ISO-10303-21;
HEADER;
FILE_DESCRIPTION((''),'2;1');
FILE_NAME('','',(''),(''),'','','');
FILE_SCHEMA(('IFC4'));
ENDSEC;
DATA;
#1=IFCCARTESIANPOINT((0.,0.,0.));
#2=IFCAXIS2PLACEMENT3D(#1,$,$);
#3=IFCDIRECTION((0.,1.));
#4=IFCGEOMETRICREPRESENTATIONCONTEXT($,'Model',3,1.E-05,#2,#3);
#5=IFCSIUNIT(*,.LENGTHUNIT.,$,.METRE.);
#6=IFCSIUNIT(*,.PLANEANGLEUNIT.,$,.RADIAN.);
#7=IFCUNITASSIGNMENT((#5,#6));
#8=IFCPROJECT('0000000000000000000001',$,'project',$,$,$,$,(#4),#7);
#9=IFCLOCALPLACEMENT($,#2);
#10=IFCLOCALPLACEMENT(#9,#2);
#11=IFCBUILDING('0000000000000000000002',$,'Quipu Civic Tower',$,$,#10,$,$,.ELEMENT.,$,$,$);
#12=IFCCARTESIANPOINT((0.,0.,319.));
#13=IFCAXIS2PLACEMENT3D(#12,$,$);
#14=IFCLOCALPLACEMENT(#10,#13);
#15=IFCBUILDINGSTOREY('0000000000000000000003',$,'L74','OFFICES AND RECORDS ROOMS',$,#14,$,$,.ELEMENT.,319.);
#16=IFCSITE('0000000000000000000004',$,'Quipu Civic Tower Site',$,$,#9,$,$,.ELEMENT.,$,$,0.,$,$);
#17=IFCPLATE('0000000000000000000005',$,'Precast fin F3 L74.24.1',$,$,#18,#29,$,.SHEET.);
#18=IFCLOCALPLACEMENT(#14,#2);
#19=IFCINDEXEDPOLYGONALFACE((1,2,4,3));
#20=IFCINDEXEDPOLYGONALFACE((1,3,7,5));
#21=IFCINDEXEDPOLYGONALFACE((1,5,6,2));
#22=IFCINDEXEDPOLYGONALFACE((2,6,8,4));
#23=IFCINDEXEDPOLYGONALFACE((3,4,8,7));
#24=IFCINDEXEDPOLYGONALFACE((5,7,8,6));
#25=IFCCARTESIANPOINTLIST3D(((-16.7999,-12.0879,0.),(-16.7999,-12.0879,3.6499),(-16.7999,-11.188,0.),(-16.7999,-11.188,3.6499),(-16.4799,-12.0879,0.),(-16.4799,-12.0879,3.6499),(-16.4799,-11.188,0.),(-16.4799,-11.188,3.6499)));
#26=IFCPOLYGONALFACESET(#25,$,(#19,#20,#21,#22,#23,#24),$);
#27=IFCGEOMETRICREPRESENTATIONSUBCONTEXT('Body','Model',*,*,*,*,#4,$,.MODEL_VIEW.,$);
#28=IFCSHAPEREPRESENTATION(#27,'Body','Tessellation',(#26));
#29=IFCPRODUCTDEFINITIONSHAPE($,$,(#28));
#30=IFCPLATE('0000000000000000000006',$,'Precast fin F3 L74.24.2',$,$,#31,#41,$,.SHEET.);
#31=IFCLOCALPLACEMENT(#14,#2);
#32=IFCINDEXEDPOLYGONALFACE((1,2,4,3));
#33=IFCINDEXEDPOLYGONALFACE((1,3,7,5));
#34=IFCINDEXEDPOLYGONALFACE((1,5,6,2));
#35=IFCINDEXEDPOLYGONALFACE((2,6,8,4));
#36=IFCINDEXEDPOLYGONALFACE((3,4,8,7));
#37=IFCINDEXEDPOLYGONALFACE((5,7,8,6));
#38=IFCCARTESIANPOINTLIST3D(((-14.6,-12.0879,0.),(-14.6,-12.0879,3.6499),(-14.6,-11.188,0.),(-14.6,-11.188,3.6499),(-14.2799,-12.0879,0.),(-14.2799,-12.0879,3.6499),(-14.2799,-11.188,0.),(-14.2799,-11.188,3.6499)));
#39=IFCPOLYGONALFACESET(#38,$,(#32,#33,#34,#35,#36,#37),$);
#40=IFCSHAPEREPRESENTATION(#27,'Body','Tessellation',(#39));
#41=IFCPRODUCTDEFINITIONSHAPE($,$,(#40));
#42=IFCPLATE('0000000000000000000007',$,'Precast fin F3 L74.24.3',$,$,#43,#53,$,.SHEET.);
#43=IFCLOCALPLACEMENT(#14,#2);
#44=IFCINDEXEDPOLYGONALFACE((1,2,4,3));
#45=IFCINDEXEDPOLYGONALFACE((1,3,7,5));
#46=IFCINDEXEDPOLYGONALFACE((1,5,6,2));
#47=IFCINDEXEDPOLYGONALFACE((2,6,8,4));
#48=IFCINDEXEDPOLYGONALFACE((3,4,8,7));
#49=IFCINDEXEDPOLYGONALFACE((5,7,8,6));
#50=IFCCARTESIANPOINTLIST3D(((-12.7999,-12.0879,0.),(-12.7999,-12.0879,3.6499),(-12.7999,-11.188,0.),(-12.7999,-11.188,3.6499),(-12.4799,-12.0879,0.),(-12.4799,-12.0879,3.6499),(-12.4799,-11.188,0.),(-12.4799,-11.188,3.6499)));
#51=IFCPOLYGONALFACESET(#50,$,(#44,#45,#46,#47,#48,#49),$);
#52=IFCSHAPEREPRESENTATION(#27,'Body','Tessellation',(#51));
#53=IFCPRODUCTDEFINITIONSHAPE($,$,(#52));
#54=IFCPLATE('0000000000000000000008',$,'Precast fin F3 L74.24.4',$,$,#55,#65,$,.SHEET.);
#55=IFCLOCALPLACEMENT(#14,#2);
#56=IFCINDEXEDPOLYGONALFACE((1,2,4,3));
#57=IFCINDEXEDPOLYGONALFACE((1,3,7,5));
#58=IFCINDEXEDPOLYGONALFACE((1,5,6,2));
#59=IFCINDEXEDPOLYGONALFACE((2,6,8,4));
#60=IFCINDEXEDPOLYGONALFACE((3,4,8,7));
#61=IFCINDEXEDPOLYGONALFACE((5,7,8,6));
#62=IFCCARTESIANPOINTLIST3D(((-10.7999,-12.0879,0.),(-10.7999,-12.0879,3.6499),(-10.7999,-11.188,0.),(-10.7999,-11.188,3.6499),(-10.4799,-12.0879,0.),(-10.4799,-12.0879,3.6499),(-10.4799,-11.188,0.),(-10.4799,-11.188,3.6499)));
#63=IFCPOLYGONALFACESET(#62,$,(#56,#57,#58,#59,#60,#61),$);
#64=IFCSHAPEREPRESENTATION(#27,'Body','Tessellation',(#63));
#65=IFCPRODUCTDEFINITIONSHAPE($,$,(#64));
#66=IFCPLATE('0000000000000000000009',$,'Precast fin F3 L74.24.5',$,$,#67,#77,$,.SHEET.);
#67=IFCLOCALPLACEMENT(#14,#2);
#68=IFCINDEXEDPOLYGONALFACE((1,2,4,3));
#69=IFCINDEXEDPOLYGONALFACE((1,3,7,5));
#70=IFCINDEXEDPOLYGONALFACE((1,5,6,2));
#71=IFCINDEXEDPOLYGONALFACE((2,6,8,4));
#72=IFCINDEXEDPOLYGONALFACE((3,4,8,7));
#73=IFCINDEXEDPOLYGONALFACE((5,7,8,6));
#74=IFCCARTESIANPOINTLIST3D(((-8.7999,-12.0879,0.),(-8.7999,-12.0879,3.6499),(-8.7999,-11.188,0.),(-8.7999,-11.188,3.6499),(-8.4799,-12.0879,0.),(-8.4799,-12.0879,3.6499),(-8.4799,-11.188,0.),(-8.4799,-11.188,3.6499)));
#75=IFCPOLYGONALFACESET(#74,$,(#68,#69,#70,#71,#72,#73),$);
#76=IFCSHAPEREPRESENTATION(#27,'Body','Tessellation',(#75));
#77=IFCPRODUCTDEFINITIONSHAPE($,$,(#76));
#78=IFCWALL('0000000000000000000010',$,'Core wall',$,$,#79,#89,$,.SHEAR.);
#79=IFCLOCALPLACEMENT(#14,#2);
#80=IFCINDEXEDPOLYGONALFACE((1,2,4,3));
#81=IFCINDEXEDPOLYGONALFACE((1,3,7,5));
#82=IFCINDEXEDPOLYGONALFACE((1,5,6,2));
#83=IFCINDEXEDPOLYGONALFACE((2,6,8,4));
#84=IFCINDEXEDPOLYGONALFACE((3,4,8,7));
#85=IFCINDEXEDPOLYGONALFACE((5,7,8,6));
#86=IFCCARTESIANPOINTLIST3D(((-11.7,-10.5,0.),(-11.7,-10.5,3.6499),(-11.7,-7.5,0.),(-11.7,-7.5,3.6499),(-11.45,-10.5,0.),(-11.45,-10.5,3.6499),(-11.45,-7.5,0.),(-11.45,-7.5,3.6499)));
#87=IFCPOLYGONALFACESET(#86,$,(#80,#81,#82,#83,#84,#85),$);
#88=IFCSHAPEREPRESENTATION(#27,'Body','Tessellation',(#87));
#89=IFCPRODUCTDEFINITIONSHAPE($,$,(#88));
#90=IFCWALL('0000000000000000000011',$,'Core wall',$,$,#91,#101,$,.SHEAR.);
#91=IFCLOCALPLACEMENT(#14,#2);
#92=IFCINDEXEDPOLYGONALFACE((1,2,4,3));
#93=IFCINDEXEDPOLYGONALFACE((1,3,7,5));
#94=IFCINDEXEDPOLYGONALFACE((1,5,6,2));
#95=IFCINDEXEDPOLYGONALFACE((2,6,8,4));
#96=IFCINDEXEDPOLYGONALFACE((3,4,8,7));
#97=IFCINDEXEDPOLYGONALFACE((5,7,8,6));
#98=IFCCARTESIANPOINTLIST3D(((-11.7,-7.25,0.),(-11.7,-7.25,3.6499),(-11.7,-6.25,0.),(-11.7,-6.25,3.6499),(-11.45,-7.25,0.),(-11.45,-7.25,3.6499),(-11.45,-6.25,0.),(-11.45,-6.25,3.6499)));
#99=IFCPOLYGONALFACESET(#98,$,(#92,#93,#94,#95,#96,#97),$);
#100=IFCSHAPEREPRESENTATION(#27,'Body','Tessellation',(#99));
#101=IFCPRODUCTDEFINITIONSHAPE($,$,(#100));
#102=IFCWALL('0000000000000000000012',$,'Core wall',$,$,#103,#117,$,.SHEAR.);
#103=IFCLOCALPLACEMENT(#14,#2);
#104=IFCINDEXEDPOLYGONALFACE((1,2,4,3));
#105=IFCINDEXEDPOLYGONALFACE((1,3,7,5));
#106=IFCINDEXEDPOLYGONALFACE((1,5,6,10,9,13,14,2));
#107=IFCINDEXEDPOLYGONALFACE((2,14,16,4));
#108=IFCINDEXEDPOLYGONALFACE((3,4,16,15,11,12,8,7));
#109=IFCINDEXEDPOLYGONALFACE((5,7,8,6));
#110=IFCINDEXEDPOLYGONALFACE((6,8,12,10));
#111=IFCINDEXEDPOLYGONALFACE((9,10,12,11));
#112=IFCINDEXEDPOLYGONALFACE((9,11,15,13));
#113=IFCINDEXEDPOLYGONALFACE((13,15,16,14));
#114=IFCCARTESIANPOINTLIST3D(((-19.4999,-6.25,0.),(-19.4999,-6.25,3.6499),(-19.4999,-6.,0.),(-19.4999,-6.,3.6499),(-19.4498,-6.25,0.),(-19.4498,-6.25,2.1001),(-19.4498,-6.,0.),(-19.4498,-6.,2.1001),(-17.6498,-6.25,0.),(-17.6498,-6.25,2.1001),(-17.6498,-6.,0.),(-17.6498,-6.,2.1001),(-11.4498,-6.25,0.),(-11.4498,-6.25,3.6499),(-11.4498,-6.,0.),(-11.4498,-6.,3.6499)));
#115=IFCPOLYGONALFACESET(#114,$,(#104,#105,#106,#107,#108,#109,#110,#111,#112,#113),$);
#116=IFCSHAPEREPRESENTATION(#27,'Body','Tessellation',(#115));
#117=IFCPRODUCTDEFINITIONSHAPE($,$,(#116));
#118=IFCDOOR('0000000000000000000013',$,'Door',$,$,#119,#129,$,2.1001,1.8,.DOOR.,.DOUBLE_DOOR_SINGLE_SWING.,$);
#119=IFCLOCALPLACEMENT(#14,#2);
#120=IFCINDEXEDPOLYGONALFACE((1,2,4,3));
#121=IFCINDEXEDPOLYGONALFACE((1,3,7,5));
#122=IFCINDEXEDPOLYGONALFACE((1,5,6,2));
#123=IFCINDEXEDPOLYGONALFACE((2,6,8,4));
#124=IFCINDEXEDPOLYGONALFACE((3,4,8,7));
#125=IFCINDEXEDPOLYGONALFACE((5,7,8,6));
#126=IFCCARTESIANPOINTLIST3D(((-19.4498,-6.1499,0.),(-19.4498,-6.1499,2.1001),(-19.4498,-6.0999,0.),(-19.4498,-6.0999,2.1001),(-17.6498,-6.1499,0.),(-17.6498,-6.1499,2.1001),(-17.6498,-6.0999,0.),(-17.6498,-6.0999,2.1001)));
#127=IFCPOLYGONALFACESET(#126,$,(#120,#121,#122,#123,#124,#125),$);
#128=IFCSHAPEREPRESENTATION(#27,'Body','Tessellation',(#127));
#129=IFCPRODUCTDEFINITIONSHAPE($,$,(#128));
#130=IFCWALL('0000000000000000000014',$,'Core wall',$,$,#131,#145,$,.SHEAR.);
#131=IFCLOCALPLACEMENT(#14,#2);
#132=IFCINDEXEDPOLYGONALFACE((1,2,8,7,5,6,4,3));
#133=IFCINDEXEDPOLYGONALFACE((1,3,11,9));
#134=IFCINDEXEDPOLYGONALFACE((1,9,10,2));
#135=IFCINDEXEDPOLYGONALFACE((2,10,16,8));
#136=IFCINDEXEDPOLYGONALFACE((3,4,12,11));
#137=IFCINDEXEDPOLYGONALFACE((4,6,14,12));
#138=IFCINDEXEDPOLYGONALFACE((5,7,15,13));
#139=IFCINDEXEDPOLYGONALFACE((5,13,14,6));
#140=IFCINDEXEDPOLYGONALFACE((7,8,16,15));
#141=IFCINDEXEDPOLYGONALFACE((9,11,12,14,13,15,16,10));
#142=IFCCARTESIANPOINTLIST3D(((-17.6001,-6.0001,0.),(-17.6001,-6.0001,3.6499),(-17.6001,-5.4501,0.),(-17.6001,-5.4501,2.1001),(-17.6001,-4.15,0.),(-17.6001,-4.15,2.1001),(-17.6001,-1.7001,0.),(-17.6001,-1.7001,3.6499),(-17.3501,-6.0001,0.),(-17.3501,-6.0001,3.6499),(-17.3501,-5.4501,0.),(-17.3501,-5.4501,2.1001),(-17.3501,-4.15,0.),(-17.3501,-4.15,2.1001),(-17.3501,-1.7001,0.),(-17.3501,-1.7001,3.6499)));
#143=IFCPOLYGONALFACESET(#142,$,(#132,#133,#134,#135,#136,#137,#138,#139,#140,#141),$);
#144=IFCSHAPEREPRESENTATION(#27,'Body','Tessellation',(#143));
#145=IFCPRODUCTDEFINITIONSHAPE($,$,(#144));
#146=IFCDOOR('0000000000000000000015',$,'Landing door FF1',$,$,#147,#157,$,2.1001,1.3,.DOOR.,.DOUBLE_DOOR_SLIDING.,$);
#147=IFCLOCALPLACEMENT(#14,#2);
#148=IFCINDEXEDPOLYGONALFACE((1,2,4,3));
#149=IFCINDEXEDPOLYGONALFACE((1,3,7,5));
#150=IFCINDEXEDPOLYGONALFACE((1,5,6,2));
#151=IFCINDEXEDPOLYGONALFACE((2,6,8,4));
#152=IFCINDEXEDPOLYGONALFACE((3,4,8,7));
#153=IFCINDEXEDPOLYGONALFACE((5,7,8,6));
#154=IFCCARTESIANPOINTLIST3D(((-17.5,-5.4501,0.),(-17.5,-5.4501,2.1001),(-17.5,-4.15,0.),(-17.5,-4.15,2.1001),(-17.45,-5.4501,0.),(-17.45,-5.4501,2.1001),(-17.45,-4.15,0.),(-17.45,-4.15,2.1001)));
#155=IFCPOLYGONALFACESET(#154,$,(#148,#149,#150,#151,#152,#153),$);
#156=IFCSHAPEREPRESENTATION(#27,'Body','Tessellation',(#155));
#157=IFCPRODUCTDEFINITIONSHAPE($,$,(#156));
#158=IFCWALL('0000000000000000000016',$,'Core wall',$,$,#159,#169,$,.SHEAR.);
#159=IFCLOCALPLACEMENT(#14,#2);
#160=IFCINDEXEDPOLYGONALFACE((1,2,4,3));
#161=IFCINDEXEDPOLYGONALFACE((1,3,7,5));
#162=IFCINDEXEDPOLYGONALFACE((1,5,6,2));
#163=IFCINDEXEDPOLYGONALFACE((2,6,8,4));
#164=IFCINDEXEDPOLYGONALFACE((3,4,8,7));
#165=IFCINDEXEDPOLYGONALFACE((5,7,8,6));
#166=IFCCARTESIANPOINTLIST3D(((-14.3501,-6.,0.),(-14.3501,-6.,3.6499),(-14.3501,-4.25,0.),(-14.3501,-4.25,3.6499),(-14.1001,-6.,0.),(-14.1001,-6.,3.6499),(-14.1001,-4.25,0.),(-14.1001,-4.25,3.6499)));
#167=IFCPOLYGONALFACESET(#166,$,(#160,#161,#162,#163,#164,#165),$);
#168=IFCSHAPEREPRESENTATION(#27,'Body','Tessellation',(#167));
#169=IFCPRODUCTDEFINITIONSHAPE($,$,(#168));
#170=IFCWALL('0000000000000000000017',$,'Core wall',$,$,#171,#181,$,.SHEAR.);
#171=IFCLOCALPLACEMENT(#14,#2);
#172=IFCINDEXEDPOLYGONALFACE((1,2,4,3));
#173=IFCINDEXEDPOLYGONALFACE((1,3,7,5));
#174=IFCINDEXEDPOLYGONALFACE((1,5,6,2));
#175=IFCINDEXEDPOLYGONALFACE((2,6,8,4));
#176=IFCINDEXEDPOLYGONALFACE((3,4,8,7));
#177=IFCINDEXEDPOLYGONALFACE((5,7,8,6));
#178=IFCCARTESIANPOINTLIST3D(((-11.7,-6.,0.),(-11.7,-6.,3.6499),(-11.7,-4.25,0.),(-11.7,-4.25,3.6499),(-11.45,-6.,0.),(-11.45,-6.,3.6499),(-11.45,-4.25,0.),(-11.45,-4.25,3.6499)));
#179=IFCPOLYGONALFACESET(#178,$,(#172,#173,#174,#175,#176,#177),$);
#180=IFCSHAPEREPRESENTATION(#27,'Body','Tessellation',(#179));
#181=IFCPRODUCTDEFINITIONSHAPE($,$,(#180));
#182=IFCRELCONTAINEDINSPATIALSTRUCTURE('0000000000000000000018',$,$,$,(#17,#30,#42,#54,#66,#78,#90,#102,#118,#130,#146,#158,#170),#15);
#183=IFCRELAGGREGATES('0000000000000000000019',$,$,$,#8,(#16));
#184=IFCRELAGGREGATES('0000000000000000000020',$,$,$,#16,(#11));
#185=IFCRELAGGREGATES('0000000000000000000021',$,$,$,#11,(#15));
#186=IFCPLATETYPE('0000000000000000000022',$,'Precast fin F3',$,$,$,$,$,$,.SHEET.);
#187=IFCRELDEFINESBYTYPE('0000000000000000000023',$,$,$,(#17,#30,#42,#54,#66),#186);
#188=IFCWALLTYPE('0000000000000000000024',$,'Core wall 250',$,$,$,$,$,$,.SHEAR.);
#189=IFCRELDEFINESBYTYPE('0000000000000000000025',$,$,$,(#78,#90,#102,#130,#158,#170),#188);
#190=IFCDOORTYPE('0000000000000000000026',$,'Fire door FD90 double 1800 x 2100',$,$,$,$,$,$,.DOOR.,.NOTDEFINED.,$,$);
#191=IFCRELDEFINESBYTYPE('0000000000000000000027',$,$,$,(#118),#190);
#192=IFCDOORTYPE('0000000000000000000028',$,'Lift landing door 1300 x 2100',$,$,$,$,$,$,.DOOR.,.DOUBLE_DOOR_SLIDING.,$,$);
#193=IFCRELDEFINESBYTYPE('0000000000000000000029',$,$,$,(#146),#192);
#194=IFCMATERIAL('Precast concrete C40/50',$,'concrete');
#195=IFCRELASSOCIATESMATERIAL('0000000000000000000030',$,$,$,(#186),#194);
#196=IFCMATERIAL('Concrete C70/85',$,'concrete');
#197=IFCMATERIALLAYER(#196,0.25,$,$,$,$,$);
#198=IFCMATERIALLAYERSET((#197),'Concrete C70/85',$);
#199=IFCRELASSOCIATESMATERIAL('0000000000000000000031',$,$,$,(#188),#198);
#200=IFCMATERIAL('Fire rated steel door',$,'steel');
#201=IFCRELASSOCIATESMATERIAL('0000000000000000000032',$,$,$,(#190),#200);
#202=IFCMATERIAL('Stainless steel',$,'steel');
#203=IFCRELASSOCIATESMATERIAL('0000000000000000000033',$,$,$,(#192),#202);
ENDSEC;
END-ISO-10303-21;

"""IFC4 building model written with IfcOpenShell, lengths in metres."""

from ifc_helpers import new_model, si_unit, direction, frame, frame_2d, origin, origin_2d, place, context, subcontext, project, spatial, rectangle, extrude, material, layer, layer_set, type_object, element, fill, save


model = new_model("IFC4")

# Units and contexts
model_context = context("Model", 3, precision=1e-05, world=origin(), true_north=direction((0.0, 1.0)))
body_context = subcontext(model_context, "Body", "Model", "MODEL_VIEW")
ifc_project = project(units=[si_unit("LENGTHUNIT", "METRE"), si_unit("PLANEANGLEUNIT", "RADIAN")], contexts=[model_context])

# Site, building, storey
site_placement = place(None, origin())
site = spatial("IfcSite", under=ifc_project, at=site_placement, Name="Quipu Civic Tower Site", CompositionType="ELEMENT", RefElevation=0.0)
building_placement = place(site_placement, origin())
building = spatial("IfcBuilding", under=site, at=building_placement, Name="Quipu Civic Tower", CompositionType="ELEMENT")
storey_placement = place(building_placement, frame((0.0, 0.0, 319.0)))
storey = spatial("IfcBuildingStorey", under=building, at=storey_placement, Name="L74", Description="OFFICES AND RECORDS ROOMS", CompositionType="ELEMENT", Elevation=319.0)

# Plates
ifc_material_1 = material(Name="Precast concrete C40/50", Category="concrete")
plate_type = type_object("IfcPlateType", Name="Precast fin F3", PredefinedType="SHEET", material=ifc_material_1)
for number, where, z_axis, x_axis, name in (
    (1, (-16.6399, -11.6379, 0.0), (0.0, 0.0, 1.0), (1.0, 0.0, 0.0), "Precast fin F3 L74.24.1"),
    (2, (-14.4399, -11.6379, 0.0), (0.0, 0.0, 1.0), (1.0, 0.0, 0.0), "Precast fin F3 L74.24.2"),
    (3, (-12.6399, -11.6379, 0.0), (0.0, 0.0, 1.0), (1.0, 0.0, 0.0), "Precast fin F3 L74.24.3"),
    (4, (-10.6399, -11.6379, 0.0), (0.0, 0.0, 1.0), (1.0, 0.0, 0.0), "Precast fin F3 L74.24.4"),
    (5, (-8.6399, -11.6379, 0.0), (0.0, 0.0, 1.0), (1.0, 0.0, 0.0), "Precast fin F3 L74.24.5"),
):
    element("IfcPlate", number, at=place(storey_placement, frame(where, z_axis=z_axis, x_axis=x_axis)), inside=storey, type_object=plate_type, Name=name, PredefinedType="SHEET", context=body_context, shape_type="SweptSolid", body=[
        extrude(rectangle(XDim=0.3201, YDim=0.8999, at=origin_2d()), origin(), (0.0, 0.0, 1.0), 3.6499),
    ])

# Walls
ifc_material_2 = material(Name="Concrete C70/85", Category="concrete")
ifc_layer_1 = layer(ifc_material_2, 0.25)
ifc_layer_set_1 = layer_set([ifc_layer_1], Name="Concrete C70/85")
wall_type_1 = type_object("IfcWallType", Name="Core wall 250", PredefinedType="SHEAR", material=ifc_layer_set_1)
wall_1_placement = place(storey_placement, frame((-11.575, -10.5, 0.0), z_axis=(0.0, 0.0, 1.0), x_axis=(0.0, 1.0, 0.0)))
element("IfcWall", 6, at=wall_1_placement, inside=storey, type_object=wall_type_1, Name="Core wall", PredefinedType="SHEAR", context=body_context, shape_type="SweptSolid", body=[
    extrude(rectangle(XDim=3.0, YDim=0.25, at=frame_2d((1.5, 0.0))), origin(), (0.0, 0.0, 1.0), 3.6499),
])
wall_2_placement = place(storey_placement, frame((-11.575, -7.25, 0.0), z_axis=(0.0, 0.0, 1.0), x_axis=(0.0, 1.0, 0.0)))
element("IfcWall", 7, at=wall_2_placement, inside=storey, type_object=wall_type_1, Name="Core wall", PredefinedType="SHEAR", context=body_context, shape_type="SweptSolid", body=[
    extrude(rectangle(XDim=1.0, YDim=0.25, at=frame_2d((0.5, 0.0))), origin(), (0.0, 0.0, 1.0), 3.6499),
])

# Walls, openings, doors
wall_3_placement = place(storey_placement, frame((-11.45, -6.125, 0.0), z_axis=(0.0, 0.0, 1.0), x_axis=(-1.0, 0.0, 0.0)))
wall_3 = element("IfcWall", 8, at=wall_3_placement, inside=storey, type_object=wall_type_1, Name="Core wall", PredefinedType="SHEAR", context=body_context, shape_type="SweptSolid", body=[
    extrude(rectangle(XDim=8.05, YDim=0.25, at=frame_2d((4.0249, 0.0))), origin(), (0.0, 0.0, 1.0), 3.6499),
])
opening_1_placement = place(wall_3_placement, frame((6.2, 0.0, 0.0)))
opening_1 = element("IfcOpeningElement", 9, at=opening_1_placement, cuts=wall_3, PredefinedType="OPENING", context=body_context, shape_type="SweptSolid", body=[
    extrude(rectangle(XDim=1.8, YDim=2.1001, at=frame_2d((0.8999, 1.05))), frame((0.0, 0.135, 0.0), z_axis=(0.0, -1.0, 0.0), x_axis=(1.0, 0.0, 0.0)), (0.0, 0.0, 1.0), 0.27),
])
ifc_material_3 = material(Name="Fire rated steel door", Category="steel")
door_type_1 = type_object("IfcDoorType", Name="Fire door FD90 double 1800 x 2100", OperationType="NOTDEFINED", PredefinedType="DOOR", material=ifc_material_3)
door_1_placement = place(opening_1_placement, origin())
door_1 = element("IfcDoor", 10, at=door_1_placement, inside=storey, type_object=door_type_1, Name="Door", OperationType="DOUBLE_DOOR_SINGLE_SWING", OverallHeight=2.1001, OverallWidth=1.8, PredefinedType="DOOR", context=body_context, shape_type="SweptSolid", body=[
    extrude(rectangle(XDim=1.8, YDim=2.1001, at=frame_2d((0.8999, 1.05))), frame((0.0, 0.0249, 0.0), z_axis=(0.0, -1.0, 0.0), x_axis=(1.0, 0.0, 0.0)), (0.0, 0.0, 1.0), 0.05),
])
fill(opening_1, door_1)
wall_4_placement = place(storey_placement, frame((-17.4751, -6.0, 0.0), z_axis=(0.0, 0.0, 1.0), x_axis=(0.0, 1.0, 0.0)))
wall_4 = element("IfcWall", 11, at=wall_4_placement, inside=storey, type_object=wall_type_1, Name="Core wall", PredefinedType="SHEAR", context=body_context, shape_type="SweptSolid", body=[
    extrude(rectangle(XDim=4.3, YDim=0.25, at=frame_2d((2.1499, 0.0))), origin(), (0.0, 0.0, 1.0), 3.6499),
])
opening_2_placement = place(wall_4_placement, frame((0.55, 0.0, 0.0)))
opening_2 = element("IfcOpeningElement", 12, at=opening_2_placement, cuts=wall_4, PredefinedType="OPENING", context=body_context, shape_type="SweptSolid", body=[
    extrude(rectangle(XDim=1.3, YDim=2.1001, at=frame_2d((0.6499, 1.05))), frame((0.0, 0.135, 0.0), z_axis=(0.0, -1.0, 0.0), x_axis=(1.0, 0.0, 0.0)), (0.0, 0.0, 1.0), 0.27),
])
ifc_material_4 = material(Name="Stainless steel", Category="steel")
door_type_2 = type_object("IfcDoorType", Name="Lift landing door 1300 x 2100", OperationType="DOUBLE_DOOR_SLIDING", PredefinedType="DOOR", material=ifc_material_4)
door_2_placement = place(opening_2_placement, origin())
door_2 = element("IfcDoor", 13, at=door_2_placement, inside=storey, type_object=door_type_2, Name="Landing door FF1", OperationType="DOUBLE_DOOR_SLIDING", OverallHeight=2.1001, OverallWidth=1.3, PredefinedType="DOOR", context=body_context, shape_type="SweptSolid", body=[
    extrude(rectangle(XDim=1.3, YDim=2.1001, at=frame_2d((0.6499, 1.05))), frame((0.0, 0.0249, 0.0), z_axis=(0.0, -1.0, 0.0), x_axis=(1.0, 0.0, 0.0)), (0.0, 0.0, 1.0), 0.05),
])
fill(opening_2, door_2)

# Walls
for number, where, z_axis, x_axis, name in (
    (14, (-14.2251, -6.0, 0.0), (0.0, 0.0, 1.0), (0.0, 1.0, 0.0), "Core wall"),
    (15, (-11.575, -6.0, 0.0), (0.0, 0.0, 1.0), (0.0, 1.0, 0.0), "Core wall"),
):
    element("IfcWall", number, at=place(storey_placement, frame(where, z_axis=z_axis, x_axis=x_axis)), inside=storey, type_object=wall_type_1, Name=name, PredefinedType="SHEAR", context=body_context, shape_type="SweptSolid", body=[
        extrude(rectangle(XDim=1.75, YDim=0.25, at=frame_2d((0.875, 0.0))), origin(), (0.0, 0.0, 1.0), 3.6499),
    ])

save(model, "model.ifc")
